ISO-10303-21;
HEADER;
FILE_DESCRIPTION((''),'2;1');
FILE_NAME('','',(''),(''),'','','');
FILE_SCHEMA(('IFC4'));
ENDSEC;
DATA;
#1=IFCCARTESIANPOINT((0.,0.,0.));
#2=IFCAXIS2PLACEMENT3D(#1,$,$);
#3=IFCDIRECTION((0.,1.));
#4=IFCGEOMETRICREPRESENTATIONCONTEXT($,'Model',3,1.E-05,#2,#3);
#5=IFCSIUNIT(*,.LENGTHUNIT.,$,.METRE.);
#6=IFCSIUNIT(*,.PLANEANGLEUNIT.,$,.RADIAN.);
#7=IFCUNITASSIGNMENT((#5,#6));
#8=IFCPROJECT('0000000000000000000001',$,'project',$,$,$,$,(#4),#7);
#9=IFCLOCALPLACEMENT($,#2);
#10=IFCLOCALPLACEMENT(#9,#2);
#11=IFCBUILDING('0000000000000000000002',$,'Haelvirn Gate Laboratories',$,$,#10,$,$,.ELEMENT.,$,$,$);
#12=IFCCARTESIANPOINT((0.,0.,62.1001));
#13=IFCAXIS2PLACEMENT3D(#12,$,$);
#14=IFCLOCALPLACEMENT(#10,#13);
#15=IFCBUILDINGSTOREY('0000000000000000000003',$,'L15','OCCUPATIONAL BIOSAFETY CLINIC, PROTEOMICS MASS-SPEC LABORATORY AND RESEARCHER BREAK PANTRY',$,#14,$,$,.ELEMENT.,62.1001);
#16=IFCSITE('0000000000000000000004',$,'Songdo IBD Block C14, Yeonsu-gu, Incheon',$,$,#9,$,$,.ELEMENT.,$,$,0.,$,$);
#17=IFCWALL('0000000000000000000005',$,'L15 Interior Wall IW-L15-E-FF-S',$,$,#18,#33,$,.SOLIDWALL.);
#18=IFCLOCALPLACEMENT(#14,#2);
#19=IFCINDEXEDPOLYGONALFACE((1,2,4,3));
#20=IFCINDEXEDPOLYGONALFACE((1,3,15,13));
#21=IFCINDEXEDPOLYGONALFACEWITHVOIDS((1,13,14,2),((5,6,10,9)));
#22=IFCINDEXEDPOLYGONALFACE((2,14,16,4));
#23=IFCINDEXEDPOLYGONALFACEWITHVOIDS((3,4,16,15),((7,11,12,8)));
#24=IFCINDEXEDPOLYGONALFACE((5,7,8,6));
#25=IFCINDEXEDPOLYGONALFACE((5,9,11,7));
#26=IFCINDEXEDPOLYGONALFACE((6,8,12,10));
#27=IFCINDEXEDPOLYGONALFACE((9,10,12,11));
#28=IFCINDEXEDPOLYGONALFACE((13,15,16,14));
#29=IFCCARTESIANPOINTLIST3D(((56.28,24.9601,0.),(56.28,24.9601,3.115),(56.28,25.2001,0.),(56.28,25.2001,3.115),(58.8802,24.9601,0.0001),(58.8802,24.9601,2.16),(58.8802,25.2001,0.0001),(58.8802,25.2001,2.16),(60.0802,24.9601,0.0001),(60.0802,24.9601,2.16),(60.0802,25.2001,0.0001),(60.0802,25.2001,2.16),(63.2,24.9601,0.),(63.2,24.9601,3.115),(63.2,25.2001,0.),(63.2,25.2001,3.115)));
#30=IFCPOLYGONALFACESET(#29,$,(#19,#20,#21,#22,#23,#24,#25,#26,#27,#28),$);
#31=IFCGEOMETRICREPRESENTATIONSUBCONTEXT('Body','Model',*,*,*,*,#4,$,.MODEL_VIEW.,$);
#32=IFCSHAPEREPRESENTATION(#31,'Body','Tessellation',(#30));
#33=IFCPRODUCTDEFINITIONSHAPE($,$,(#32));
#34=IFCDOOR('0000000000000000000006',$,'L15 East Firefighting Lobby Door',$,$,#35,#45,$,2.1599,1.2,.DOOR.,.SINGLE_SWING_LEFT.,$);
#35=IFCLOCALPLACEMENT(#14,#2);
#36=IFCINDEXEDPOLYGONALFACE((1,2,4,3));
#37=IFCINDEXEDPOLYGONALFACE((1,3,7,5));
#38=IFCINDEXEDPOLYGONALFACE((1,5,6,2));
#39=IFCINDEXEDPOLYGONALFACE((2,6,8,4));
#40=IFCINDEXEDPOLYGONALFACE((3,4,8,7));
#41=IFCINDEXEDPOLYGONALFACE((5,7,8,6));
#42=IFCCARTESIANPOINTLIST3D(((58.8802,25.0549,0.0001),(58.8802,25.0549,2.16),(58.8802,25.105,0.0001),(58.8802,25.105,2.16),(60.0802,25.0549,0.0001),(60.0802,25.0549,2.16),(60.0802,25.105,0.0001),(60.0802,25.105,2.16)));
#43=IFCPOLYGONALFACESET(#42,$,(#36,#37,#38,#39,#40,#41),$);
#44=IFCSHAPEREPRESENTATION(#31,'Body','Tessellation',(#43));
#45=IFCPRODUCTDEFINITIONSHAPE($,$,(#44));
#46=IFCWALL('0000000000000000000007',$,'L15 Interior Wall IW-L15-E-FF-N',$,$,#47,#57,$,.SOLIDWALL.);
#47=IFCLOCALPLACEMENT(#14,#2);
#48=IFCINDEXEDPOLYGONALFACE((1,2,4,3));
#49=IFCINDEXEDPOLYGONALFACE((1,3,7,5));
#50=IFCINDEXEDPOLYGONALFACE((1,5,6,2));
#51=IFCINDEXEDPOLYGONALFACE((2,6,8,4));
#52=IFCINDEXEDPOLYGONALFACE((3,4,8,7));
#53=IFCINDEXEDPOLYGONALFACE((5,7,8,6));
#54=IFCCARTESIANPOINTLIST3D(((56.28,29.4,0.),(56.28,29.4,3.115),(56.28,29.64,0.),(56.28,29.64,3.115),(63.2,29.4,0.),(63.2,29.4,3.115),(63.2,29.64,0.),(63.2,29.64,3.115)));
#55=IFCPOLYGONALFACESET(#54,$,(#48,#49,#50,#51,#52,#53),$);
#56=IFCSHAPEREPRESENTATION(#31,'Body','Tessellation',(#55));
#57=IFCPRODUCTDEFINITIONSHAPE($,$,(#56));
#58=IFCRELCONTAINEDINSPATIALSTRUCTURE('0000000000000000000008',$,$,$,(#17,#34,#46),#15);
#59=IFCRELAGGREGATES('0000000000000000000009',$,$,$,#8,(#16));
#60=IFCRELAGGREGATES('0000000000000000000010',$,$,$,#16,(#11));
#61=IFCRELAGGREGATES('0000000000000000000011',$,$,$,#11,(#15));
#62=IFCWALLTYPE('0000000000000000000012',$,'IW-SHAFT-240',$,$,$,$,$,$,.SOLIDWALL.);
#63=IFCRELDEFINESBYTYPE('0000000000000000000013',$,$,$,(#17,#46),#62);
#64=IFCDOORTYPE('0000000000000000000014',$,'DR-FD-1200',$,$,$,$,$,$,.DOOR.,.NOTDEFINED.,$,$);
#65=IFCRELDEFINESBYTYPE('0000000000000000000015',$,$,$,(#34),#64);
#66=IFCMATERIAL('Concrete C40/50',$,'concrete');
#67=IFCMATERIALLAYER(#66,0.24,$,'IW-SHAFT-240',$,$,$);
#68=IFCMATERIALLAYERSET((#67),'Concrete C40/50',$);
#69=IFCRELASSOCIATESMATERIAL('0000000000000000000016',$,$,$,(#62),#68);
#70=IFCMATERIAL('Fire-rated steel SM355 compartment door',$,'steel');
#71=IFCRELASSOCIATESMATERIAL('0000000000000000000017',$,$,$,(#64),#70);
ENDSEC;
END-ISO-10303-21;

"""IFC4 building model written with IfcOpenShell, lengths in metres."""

from ifc_helpers import new_model, si_unit, direction, frame, frame_2d, origin, place, context, subcontext, project, spatial, rectangle, extrude, source, transform, mapped, material, layer, layer_set, type_object, type_shapes, element, fill, save


model = new_model("IFC4")

# Units and contexts
model_context = context("Model", 3, precision=1e-05, world=origin(), true_north=direction((0.0, 1.0)))
body_context = subcontext(model_context, "Body", "Model", "MODEL_VIEW")
ifc_project = project(units=[si_unit("LENGTHUNIT", "METRE"), si_unit("PLANEANGLEUNIT", "RADIAN")], contexts=[model_context])

# Site, building, storey
site_placement = place(None, origin())
site = spatial("IfcSite", under=ifc_project, at=site_placement, Name="Songdo IBD Block C14, Yeonsu-gu, Incheon", CompositionType="ELEMENT", RefElevation=0.0)
building_placement = place(site_placement, origin())
building = spatial("IfcBuilding", under=site, at=building_placement, Name="Haelvirn Gate Laboratories", CompositionType="ELEMENT")
storey_placement = place(building_placement, frame((0.0, 0.0, 62.1001)))
storey = spatial("IfcBuildingStorey", under=building, at=storey_placement, Name="L15", Description="OCCUPATIONAL BIOSAFETY CLINIC, PROTEOMICS MASS-SPEC LABORATORY AND RESEARCHER BREAK PANTRY", CompositionType="ELEMENT", Elevation=62.1001)

# Shared definitions
ifc_material_1 = material(Name="Concrete C40/50", Category="concrete")

# Wall, opening, door
ifc_layer_1 = layer(ifc_material_1, 0.24, Name="IW-SHAFT-240")
ifc_layer_set_1 = layer_set([ifc_layer_1], Name="Concrete C40/50")
wall_type_1 = type_object("IfcWallType", Name="IW-SHAFT-240", PredefinedType="SOLIDWALL", material=ifc_layer_set_1)
wall_1_placement = place(storey_placement, frame((56.28, 25.0801, 0.0), z_axis=(0.0, 0.0, 1.0), x_axis=(1.0, 0.0, 0.0)))
wall_1 = element("IfcWall", 1, at=wall_1_placement, inside=storey, type_object=wall_type_1, Name="L15 Interior Wall IW-L15-E-FF-S", PredefinedType="SOLIDWALL", context=body_context, shape_type="SweptSolid", body=[
    extrude(rectangle(XDim=6.9199, YDim=0.24, at=frame_2d((3.46, 0.0))), origin(), (0.0, 0.0, 1.0), 3.115),
])
opening_1_placement = place(wall_1_placement, frame((2.6001, 0.0, 0.0)))
opening_1 = element("IfcOpeningElement", 2, at=opening_1_placement, cuts=wall_1, PredefinedType="OPENING", context=body_context, shape_type="SweptSolid", body=[
    extrude(rectangle(XDim=1.2, YDim=2.1599, at=frame_2d((0.6001, 1.0801))), frame((0.0, 0.1299, 0.0), z_axis=(0.0, -1.0, 0.0), x_axis=(1.0, 0.0, 0.0)), (0.0, 0.0, 1.0), 0.26),
])
ifc_material_2 = material(Name="Fire-rated steel SM355 compartment door", Category="steel")
door_type_1 = type_object("IfcDoorType", Name="DR-FD-1200", OperationType="NOTDEFINED", PredefinedType="DOOR", material=ifc_material_2)
shared_shape_1 = source(origin(), body_context, "Body", "SweptSolid", [
    extrude(rectangle(XDim=1.2, YDim=2.1599, at=frame_2d((0.6001, 1.0801))), frame((0.0, 0.0249, 0.0), z_axis=(0.0, -1.0, 0.0), x_axis=(1.0, 0.0, 0.0)), (0.0, 0.0, 1.0), 0.05),
])
type_shapes(door_type_1, [shared_shape_1])
door_1_placement = place(opening_1_placement, origin())
door_1 = element("IfcDoor", 3, at=door_1_placement, inside=storey, type_object=door_type_1, Name="L15 East Firefighting Lobby Door", OperationType="SINGLE_SWING_LEFT", OverallHeight=2.1599, OverallWidth=1.2, PredefinedType="DOOR", context=body_context, shape_type="MappedRepresentation", body=[
    mapped(shared_shape_1, transform((0.0, 0.0, 0.0), scale=1.0)),
])
fill(opening_1, door_1)

# Wall
wall_2_placement = place(storey_placement, frame((56.28, 29.52, 0.0), z_axis=(0.0, 0.0, 1.0), x_axis=(1.0, 0.0, 0.0)))
element("IfcWall", 4, at=wall_2_placement, inside=storey, type_object=wall_type_1, Name="L15 Interior Wall IW-L15-E-FF-N", PredefinedType="SOLIDWALL", context=body_context, shape_type="SweptSolid", body=[
    extrude(rectangle(XDim=6.9199, YDim=0.24, at=frame_2d((3.46, 0.0))), origin(), (0.0, 0.0, 1.0), 3.115),
])

save(model, "model.ifc")
